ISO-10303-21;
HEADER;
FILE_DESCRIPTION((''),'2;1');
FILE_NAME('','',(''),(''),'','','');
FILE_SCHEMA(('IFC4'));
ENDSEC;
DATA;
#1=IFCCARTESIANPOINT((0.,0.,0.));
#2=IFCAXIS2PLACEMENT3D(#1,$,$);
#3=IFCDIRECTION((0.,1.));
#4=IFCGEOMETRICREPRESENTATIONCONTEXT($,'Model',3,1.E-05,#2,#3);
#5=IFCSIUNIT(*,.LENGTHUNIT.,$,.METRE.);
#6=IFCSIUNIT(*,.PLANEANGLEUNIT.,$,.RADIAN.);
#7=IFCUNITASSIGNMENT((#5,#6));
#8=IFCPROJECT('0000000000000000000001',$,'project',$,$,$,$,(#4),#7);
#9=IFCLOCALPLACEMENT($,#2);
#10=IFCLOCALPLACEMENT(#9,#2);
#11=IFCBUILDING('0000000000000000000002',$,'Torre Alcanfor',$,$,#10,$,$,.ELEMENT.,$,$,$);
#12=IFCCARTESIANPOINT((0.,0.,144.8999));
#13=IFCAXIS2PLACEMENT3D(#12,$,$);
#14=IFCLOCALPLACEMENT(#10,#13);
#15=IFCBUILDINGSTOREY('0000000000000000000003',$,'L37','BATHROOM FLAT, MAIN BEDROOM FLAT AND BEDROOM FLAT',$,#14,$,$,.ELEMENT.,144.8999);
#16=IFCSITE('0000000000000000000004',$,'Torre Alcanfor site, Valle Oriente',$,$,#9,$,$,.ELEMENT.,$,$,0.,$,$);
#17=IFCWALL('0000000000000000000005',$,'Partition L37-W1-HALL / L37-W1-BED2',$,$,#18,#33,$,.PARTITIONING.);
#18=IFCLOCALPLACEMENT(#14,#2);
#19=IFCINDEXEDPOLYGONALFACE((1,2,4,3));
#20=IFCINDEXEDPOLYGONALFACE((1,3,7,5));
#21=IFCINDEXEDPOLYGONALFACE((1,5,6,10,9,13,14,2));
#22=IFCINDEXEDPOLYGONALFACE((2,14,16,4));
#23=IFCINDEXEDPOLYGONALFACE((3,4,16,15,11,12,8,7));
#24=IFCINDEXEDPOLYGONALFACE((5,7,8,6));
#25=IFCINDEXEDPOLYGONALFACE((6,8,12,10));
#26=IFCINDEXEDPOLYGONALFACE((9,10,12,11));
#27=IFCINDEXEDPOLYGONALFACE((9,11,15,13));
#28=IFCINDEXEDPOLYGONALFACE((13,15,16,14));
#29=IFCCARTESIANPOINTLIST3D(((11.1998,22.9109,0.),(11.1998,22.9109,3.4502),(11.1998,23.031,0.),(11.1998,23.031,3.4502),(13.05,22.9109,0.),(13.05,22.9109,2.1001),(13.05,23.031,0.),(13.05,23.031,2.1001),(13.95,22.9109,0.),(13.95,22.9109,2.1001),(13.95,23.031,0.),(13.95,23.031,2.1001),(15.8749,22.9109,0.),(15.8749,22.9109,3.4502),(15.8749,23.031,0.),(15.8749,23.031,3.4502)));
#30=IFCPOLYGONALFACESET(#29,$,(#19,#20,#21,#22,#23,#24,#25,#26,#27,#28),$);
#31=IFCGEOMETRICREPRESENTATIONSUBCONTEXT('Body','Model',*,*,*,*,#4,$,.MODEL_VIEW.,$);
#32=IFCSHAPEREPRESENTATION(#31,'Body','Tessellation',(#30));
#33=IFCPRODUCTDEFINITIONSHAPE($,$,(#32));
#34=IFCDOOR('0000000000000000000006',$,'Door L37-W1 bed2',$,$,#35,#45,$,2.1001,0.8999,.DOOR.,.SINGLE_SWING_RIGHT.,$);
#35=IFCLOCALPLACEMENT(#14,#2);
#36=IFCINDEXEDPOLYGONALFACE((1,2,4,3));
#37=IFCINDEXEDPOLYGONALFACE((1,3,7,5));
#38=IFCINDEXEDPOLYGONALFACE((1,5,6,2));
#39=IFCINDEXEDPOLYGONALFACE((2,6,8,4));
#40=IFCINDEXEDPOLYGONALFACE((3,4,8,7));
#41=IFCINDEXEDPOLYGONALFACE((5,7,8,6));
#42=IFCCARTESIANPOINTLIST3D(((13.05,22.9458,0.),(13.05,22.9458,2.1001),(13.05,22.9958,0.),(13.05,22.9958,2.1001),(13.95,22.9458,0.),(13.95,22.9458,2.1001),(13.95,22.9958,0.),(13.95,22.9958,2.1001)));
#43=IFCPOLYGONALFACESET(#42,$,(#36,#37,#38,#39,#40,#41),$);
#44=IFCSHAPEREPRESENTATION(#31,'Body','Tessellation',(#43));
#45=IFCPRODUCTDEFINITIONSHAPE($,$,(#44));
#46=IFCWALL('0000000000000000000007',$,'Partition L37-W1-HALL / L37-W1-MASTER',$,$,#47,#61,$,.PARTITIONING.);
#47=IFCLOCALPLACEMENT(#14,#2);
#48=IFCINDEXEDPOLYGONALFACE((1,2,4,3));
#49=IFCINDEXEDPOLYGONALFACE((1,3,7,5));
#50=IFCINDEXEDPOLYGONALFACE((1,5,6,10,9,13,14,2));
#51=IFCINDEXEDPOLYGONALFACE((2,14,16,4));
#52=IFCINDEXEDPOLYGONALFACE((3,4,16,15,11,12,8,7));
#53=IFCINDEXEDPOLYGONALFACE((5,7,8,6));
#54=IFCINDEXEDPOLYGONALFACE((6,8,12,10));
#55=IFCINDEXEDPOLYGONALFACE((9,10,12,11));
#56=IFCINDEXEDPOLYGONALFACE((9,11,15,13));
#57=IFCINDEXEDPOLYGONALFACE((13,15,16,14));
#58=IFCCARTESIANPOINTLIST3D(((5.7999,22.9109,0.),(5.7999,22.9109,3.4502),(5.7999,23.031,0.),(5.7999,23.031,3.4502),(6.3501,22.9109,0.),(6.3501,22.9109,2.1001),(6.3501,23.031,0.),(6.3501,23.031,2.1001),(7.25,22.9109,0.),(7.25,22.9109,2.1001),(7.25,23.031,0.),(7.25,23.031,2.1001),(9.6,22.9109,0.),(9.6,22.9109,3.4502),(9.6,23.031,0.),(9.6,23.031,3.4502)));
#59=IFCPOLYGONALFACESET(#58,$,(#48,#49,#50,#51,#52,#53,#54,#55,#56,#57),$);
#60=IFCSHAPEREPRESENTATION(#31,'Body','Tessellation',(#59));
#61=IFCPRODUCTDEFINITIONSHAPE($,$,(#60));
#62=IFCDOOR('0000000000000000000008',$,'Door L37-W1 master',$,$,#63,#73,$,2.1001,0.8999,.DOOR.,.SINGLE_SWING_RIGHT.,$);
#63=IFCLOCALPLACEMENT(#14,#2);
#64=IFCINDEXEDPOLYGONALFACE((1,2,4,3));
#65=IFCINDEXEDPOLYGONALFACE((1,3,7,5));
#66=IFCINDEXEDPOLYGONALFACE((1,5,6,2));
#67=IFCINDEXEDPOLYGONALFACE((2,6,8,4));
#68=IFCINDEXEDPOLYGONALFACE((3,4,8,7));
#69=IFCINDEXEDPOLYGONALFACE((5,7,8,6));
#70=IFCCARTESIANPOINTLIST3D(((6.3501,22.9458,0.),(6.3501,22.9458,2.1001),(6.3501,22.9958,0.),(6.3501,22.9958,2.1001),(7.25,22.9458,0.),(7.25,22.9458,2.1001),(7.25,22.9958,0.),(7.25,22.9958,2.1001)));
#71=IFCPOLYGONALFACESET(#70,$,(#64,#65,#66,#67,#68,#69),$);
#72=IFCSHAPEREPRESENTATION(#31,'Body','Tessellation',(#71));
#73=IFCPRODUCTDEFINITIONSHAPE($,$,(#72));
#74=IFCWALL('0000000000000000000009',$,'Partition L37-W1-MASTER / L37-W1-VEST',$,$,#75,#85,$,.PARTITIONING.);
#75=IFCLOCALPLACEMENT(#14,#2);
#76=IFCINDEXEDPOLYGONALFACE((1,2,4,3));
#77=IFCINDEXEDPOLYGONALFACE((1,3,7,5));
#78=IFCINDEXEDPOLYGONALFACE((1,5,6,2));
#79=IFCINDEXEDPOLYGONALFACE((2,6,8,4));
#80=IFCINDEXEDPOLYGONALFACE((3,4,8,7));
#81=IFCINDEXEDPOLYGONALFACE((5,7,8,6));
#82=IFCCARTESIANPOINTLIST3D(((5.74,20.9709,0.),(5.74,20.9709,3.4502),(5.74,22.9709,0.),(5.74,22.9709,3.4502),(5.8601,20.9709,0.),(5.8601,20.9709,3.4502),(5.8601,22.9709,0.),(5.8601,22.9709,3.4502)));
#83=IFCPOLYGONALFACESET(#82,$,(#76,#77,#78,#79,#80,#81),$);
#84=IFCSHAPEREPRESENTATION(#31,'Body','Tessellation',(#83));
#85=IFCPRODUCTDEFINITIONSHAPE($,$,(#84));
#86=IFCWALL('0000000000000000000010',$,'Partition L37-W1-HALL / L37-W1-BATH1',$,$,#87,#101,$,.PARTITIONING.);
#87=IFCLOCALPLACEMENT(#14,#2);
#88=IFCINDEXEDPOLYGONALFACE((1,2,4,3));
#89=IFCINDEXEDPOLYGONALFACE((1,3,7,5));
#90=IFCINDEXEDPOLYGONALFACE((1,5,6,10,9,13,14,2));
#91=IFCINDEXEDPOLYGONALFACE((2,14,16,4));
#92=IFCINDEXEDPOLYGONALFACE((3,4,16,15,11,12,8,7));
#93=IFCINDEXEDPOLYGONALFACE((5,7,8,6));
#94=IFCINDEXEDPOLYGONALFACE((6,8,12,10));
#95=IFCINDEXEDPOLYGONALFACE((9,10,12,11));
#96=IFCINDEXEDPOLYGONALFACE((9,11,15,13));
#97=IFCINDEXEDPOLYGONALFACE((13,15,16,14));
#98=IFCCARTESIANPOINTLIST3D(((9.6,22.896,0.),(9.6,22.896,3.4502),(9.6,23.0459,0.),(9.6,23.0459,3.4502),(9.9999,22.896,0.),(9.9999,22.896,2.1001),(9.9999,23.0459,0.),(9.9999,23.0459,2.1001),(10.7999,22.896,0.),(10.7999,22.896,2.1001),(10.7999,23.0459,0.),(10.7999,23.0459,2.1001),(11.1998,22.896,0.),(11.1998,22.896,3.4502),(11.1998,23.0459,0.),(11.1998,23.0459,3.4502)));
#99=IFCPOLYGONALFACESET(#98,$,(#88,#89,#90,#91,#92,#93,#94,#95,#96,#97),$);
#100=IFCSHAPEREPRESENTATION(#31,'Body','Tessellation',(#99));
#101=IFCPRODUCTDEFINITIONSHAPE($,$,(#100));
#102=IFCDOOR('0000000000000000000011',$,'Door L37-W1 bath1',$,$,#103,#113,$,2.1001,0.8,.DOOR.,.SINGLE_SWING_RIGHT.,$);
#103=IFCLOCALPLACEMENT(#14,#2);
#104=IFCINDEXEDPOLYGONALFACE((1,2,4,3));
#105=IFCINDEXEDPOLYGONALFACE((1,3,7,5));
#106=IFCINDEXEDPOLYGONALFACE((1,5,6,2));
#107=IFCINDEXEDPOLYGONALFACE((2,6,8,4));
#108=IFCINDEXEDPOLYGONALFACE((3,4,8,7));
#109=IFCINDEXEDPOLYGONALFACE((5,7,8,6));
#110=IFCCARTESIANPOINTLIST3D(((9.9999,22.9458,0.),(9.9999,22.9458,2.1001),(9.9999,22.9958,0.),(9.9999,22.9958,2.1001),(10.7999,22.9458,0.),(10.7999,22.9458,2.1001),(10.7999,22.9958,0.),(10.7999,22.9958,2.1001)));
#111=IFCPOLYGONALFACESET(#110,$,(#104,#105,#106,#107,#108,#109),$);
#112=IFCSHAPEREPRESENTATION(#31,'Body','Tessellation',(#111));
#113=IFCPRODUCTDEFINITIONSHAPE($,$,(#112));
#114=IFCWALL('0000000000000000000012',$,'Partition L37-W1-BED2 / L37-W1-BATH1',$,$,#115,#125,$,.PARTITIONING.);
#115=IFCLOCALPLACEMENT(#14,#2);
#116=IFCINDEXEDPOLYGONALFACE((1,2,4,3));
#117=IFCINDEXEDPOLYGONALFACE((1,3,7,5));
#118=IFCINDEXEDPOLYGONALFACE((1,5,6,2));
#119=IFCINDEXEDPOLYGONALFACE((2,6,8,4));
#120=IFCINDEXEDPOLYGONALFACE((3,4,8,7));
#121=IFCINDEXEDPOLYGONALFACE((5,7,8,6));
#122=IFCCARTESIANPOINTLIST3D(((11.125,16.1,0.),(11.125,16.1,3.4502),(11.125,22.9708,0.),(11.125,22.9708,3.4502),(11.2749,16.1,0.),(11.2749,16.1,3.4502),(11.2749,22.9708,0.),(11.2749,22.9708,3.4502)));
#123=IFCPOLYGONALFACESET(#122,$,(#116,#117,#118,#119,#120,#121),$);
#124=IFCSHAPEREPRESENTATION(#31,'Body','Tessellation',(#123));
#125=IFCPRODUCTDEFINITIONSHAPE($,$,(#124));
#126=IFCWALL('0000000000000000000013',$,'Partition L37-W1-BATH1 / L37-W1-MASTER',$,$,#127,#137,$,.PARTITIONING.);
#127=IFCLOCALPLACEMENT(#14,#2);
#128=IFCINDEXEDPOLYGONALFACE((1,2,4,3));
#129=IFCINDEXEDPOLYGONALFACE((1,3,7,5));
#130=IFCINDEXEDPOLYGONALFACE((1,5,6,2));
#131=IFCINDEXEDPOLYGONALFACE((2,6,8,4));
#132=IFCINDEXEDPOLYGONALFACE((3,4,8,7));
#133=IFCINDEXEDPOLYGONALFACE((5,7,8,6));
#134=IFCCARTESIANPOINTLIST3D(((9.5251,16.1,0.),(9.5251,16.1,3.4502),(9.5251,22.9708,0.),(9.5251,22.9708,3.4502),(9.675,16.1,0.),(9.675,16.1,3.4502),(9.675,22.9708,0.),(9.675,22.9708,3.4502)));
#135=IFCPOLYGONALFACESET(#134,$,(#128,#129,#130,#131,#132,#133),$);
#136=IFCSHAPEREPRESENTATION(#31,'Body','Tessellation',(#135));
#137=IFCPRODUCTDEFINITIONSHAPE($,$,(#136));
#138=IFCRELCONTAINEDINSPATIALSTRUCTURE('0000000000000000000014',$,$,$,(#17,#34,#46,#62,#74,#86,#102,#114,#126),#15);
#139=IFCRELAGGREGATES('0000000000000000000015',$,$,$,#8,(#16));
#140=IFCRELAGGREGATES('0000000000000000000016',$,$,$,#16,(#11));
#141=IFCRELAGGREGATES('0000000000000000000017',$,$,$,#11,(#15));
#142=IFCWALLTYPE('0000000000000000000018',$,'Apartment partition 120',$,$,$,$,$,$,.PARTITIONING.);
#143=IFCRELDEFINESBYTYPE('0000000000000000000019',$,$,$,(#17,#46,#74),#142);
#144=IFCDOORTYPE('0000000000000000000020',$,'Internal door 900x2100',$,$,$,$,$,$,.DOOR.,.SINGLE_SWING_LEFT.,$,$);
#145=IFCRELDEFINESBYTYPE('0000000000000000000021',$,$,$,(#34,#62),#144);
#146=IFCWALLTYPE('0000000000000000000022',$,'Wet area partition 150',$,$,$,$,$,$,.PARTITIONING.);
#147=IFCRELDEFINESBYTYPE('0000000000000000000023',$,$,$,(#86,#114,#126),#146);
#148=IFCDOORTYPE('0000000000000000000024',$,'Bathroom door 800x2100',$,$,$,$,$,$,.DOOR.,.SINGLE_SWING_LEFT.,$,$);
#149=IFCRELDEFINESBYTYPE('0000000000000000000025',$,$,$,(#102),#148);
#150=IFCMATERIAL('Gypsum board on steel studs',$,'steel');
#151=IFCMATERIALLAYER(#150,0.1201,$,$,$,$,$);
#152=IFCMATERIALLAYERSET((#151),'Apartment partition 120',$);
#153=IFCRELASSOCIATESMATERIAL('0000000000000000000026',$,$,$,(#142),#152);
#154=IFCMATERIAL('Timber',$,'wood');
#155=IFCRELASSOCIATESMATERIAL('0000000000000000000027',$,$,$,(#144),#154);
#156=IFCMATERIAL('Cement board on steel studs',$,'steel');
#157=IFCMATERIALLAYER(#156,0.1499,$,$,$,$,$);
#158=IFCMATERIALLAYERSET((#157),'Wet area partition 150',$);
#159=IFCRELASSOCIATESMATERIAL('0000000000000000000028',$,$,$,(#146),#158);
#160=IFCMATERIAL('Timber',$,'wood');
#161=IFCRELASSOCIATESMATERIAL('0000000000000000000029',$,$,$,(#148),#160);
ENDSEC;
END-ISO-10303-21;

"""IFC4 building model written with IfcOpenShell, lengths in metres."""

from ifc_helpers import new_model, si_unit, direction, frame, frame_2d, origin, place, context, subcontext, project, spatial, rectangle, extrude, material, layer, layer_set, type_object, element, fill, save


model = new_model("IFC4")

# Units and contexts
model_context = context("Model", 3, precision=1e-05, world=origin(), true_north=direction((0.0, 1.0)))
body_context = subcontext(model_context, "Body", "Model", "MODEL_VIEW")
ifc_project = project(units=[si_unit("LENGTHUNIT", "METRE"), si_unit("PLANEANGLEUNIT", "RADIAN")], contexts=[model_context])

# Site, building, storey
site_placement = place(None, origin())
site = spatial("IfcSite", under=ifc_project, at=site_placement, Name="Torre Alcanfor site, Valle Oriente", CompositionType="ELEMENT", RefElevation=0.0)
building_placement = place(site_placement, origin())
building = spatial("IfcBuilding", under=site, at=building_placement, Name="Torre Alcanfor", CompositionType="ELEMENT")
storey_placement = place(building_placement, frame((0.0, 0.0, 144.8999)))
storey = spatial("IfcBuildingStorey", under=building, at=storey_placement, Name="L37", Description="BATHROOM FLAT, MAIN BEDROOM FLAT AND BEDROOM FLAT", CompositionType="ELEMENT", Elevation=144.8999)

# Shared definitions
ifc_material_1 = material(Name="Gypsum board on steel studs", Category="steel")
ifc_layer_1 = layer(ifc_material_1, 0.1201)
ifc_layer_set_1 = layer_set([ifc_layer_1], Name="Apartment partition 120")
wall_type_1 = type_object("IfcWallType", Name="Apartment partition 120", PredefinedType="PARTITIONING", material=ifc_layer_set_1)
ifc_material_2 = material(Name="Timber", Category="wood")
door_type_1 = type_object("IfcDoorType", Name="Internal door 900x2100", OperationType="SINGLE_SWING_LEFT", PredefinedType="DOOR", material=ifc_material_2)

# Walls, openings, doors
wall_1_placement = place(storey_placement, frame((11.2, 22.9709, 0.0), z_axis=(0.0, 0.0, 1.0), x_axis=(1.0, 0.0, 0.0)))
wall_1 = element("IfcWall", 1, at=wall_1_placement, inside=storey, type_object=wall_type_1, Name="Partition L37-W1-HALL / L37-W1-BED2", PredefinedType="PARTITIONING", context=body_context, shape_type="SweptSolid", body=[
    extrude(rectangle(XDim=4.675, YDim=0.1201, at=frame_2d((2.3374, 0.0))), origin(), (0.0, 0.0, 1.0), 3.4502),
])
opening_1_placement = place(wall_1_placement, frame((1.8501, 0.0, 0.0)))
opening_1 = element("IfcOpeningElement", 2, at=opening_1_placement, cuts=wall_1, PredefinedType="OPENING", context=body_context, shape_type="SweptSolid", body=[
    extrude(rectangle(XDim=0.8999, YDim=2.1001, at=frame_2d((0.45, 1.05))), frame((0.0, 0.0701, 0.0), z_axis=(0.0, -1.0, 0.0), x_axis=(1.0, 0.0, 0.0)), (0.0, 0.0, 1.0), 0.1401),
])
door_1_placement = place(opening_1_placement, frame((0.8999, 0.0, 0.0), z_axis=(0.0, 0.0, 1.0), x_axis=(-1.0, 0.0, 0.0)))
door_1 = element("IfcDoor", 3, at=door_1_placement, inside=storey, type_object=door_type_1, Name="Door L37-W1 bed2", OperationType="SINGLE_SWING_RIGHT", OverallHeight=2.1001, OverallWidth=0.8999, PredefinedType="DOOR", context=body_context, shape_type="SweptSolid", body=[
    extrude(rectangle(XDim=0.8999, YDim=2.1001, at=frame_2d((0.45, 1.05))), frame((0.0, 0.0251, 0.0), z_axis=(0.0, -1.0, 0.0), x_axis=(1.0, 0.0, 0.0)), (0.0, 0.0, 1.0), 0.05),
])
fill(opening_1, door_1)
wall_2_placement = place(storey_placement, frame((5.8, 22.9709, 0.0), z_axis=(0.0, 0.0, 1.0), x_axis=(1.0, 0.0, 0.0)))
wall_2 = element("IfcWall", 4, at=wall_2_placement, inside=storey, type_object=wall_type_1, Name="Partition L37-W1-HALL / L37-W1-MASTER", PredefinedType="PARTITIONING", context=body_context, shape_type="SweptSolid", body=[
    extrude(rectangle(XDim=3.8, YDim=0.1201, at=frame_2d((1.8999, 0.0))), origin(), (0.0, 0.0, 1.0), 3.4502),
])
opening_2_placement = place(wall_2_placement, frame((0.55, 0.0, 0.0)))
opening_2 = element("IfcOpeningElement", 5, at=opening_2_placement, cuts=wall_2, PredefinedType="OPENING", context=body_context, shape_type="SweptSolid", body=[
    extrude(rectangle(XDim=0.8999, YDim=2.1001, at=frame_2d((0.45, 1.05))), frame((0.0, 0.0701, 0.0), z_axis=(0.0, -1.0, 0.0), x_axis=(1.0, 0.0, 0.0)), (0.0, 0.0, 1.0), 0.1401),
])
door_2_placement = place(opening_2_placement, frame((0.8999, 0.0, 0.0), z_axis=(0.0, 0.0, 1.0), x_axis=(-1.0, 0.0, 0.0)))
door_2 = element("IfcDoor", 6, at=door_2_placement, inside=storey, type_object=door_type_1, Name="Door L37-W1 master", OperationType="SINGLE_SWING_RIGHT", OverallHeight=2.1001, OverallWidth=0.8999, PredefinedType="DOOR", context=body_context, shape_type="SweptSolid", body=[
    extrude(rectangle(XDim=0.8999, YDim=2.1001, at=frame_2d((0.45, 1.05))), frame((0.0, 0.0251, 0.0), z_axis=(0.0, -1.0, 0.0), x_axis=(1.0, 0.0, 0.0)), (0.0, 0.0, 1.0), 0.05),
])
fill(opening_2, door_2)

# Wall
wall_3_placement = place(storey_placement, frame((5.8, 20.9709, 0.0), z_axis=(0.0, 0.0, 1.0), x_axis=(0.0, 1.0, 0.0)))
element("IfcWall", 7, at=wall_3_placement, inside=storey, type_object=wall_type_1, Name="Partition L37-W1-MASTER / L37-W1-VEST", PredefinedType="PARTITIONING", context=body_context, shape_type="SweptSolid", body=[
    extrude(rectangle(XDim=2.0, YDim=0.1201, at=frame_2d((1.0, 0.0))), origin(), (0.0, 0.0, 1.0), 3.4502),
])

# Wall, opening, door
ifc_material_3 = material(Name="Cement board on steel studs", Category="steel")
ifc_layer_2 = layer(ifc_material_3, 0.1499)
ifc_layer_set_2 = layer_set([ifc_layer_2], Name="Wet area partition 150")
wall_type_2 = type_object("IfcWallType", Name="Wet area partition 150", PredefinedType="PARTITIONING", material=ifc_layer_set_2)
wall_4_placement = place(storey_placement, frame((9.6001, 22.9709, 0.0), z_axis=(0.0, 0.0, 1.0), x_axis=(1.0, 0.0, 0.0)))
wall_4 = element("IfcWall", 8, at=wall_4_placement, inside=storey, type_object=wall_type_2, Name="Partition L37-W1-HALL / L37-W1-BATH1", PredefinedType="PARTITIONING", context=body_context, shape_type="SweptSolid", body=[
    extrude(rectangle(XDim=1.5999, YDim=0.1499, at=frame_2d((0.7998, 0.0))), origin(), (0.0, 0.0, 1.0), 3.4502),
])
opening_3_placement = place(wall_4_placement, frame((0.3999, 0.0, 0.0)))
opening_3 = element("IfcOpeningElement", 9, at=opening_3_placement, cuts=wall_4, PredefinedType="OPENING", context=body_context, shape_type="SweptSolid", body=[
    extrude(rectangle(XDim=0.8, YDim=2.1001, at=frame_2d((0.3999, 1.05))), frame((0.0, 0.085, 0.0), z_axis=(0.0, -1.0, 0.0), x_axis=(1.0, 0.0, 0.0)), (0.0, 0.0, 1.0), 0.1699),
])
ifc_material_4 = material(Name="Timber", Category="wood")
door_type_2 = type_object("IfcDoorType", Name="Bathroom door 800x2100", OperationType="SINGLE_SWING_LEFT", PredefinedType="DOOR", material=ifc_material_4)
door_3_placement = place(opening_3_placement, frame((0.8, 0.0, 0.0), z_axis=(0.0, 0.0, 1.0), x_axis=(-1.0, 0.0, 0.0)))
door_3 = element("IfcDoor", 10, at=door_3_placement, inside=storey, type_object=door_type_2, Name="Door L37-W1 bath1", OperationType="SINGLE_SWING_RIGHT", OverallHeight=2.1001, OverallWidth=0.8, PredefinedType="DOOR", context=body_context, shape_type="SweptSolid", body=[
    extrude(rectangle(XDim=0.8, YDim=2.1001, at=frame_2d((0.4001, 1.05))), frame((0.0, 0.0251, 0.0), z_axis=(0.0, -1.0, 0.0), x_axis=(1.0, 0.0, 0.0)), (0.0, 0.0, 1.0), 0.05),
])
fill(opening_3, door_3)

# Walls
for number, where, z_axis, x_axis, name in (
    (11, (11.2, 22.9709, 0.0), (0.0, 0.0, 1.0), (0.0, -1.0, 0.0), "Partition L37-W1-BED2 / L37-W1-BATH1"),
    (12, (9.6001, 22.9709, 0.0), (0.0, 0.0, 1.0), (0.0, -1.0, 0.0), "Partition L37-W1-BATH1 / L37-W1-MASTER"),
):
    element("IfcWall", number, at=place(storey_placement, frame(where, z_axis=z_axis, x_axis=x_axis)), inside=storey, type_object=wall_type_2, Name=name, PredefinedType="PARTITIONING", context=body_context, shape_type="SweptSolid", body=[
        extrude(rectangle(XDim=6.8708, YDim=0.1499, at=frame_2d((3.4355, 0.0))), origin(), (0.0, 0.0, 1.0), 3.4502),
    ])

save(model, "model.ifc")
